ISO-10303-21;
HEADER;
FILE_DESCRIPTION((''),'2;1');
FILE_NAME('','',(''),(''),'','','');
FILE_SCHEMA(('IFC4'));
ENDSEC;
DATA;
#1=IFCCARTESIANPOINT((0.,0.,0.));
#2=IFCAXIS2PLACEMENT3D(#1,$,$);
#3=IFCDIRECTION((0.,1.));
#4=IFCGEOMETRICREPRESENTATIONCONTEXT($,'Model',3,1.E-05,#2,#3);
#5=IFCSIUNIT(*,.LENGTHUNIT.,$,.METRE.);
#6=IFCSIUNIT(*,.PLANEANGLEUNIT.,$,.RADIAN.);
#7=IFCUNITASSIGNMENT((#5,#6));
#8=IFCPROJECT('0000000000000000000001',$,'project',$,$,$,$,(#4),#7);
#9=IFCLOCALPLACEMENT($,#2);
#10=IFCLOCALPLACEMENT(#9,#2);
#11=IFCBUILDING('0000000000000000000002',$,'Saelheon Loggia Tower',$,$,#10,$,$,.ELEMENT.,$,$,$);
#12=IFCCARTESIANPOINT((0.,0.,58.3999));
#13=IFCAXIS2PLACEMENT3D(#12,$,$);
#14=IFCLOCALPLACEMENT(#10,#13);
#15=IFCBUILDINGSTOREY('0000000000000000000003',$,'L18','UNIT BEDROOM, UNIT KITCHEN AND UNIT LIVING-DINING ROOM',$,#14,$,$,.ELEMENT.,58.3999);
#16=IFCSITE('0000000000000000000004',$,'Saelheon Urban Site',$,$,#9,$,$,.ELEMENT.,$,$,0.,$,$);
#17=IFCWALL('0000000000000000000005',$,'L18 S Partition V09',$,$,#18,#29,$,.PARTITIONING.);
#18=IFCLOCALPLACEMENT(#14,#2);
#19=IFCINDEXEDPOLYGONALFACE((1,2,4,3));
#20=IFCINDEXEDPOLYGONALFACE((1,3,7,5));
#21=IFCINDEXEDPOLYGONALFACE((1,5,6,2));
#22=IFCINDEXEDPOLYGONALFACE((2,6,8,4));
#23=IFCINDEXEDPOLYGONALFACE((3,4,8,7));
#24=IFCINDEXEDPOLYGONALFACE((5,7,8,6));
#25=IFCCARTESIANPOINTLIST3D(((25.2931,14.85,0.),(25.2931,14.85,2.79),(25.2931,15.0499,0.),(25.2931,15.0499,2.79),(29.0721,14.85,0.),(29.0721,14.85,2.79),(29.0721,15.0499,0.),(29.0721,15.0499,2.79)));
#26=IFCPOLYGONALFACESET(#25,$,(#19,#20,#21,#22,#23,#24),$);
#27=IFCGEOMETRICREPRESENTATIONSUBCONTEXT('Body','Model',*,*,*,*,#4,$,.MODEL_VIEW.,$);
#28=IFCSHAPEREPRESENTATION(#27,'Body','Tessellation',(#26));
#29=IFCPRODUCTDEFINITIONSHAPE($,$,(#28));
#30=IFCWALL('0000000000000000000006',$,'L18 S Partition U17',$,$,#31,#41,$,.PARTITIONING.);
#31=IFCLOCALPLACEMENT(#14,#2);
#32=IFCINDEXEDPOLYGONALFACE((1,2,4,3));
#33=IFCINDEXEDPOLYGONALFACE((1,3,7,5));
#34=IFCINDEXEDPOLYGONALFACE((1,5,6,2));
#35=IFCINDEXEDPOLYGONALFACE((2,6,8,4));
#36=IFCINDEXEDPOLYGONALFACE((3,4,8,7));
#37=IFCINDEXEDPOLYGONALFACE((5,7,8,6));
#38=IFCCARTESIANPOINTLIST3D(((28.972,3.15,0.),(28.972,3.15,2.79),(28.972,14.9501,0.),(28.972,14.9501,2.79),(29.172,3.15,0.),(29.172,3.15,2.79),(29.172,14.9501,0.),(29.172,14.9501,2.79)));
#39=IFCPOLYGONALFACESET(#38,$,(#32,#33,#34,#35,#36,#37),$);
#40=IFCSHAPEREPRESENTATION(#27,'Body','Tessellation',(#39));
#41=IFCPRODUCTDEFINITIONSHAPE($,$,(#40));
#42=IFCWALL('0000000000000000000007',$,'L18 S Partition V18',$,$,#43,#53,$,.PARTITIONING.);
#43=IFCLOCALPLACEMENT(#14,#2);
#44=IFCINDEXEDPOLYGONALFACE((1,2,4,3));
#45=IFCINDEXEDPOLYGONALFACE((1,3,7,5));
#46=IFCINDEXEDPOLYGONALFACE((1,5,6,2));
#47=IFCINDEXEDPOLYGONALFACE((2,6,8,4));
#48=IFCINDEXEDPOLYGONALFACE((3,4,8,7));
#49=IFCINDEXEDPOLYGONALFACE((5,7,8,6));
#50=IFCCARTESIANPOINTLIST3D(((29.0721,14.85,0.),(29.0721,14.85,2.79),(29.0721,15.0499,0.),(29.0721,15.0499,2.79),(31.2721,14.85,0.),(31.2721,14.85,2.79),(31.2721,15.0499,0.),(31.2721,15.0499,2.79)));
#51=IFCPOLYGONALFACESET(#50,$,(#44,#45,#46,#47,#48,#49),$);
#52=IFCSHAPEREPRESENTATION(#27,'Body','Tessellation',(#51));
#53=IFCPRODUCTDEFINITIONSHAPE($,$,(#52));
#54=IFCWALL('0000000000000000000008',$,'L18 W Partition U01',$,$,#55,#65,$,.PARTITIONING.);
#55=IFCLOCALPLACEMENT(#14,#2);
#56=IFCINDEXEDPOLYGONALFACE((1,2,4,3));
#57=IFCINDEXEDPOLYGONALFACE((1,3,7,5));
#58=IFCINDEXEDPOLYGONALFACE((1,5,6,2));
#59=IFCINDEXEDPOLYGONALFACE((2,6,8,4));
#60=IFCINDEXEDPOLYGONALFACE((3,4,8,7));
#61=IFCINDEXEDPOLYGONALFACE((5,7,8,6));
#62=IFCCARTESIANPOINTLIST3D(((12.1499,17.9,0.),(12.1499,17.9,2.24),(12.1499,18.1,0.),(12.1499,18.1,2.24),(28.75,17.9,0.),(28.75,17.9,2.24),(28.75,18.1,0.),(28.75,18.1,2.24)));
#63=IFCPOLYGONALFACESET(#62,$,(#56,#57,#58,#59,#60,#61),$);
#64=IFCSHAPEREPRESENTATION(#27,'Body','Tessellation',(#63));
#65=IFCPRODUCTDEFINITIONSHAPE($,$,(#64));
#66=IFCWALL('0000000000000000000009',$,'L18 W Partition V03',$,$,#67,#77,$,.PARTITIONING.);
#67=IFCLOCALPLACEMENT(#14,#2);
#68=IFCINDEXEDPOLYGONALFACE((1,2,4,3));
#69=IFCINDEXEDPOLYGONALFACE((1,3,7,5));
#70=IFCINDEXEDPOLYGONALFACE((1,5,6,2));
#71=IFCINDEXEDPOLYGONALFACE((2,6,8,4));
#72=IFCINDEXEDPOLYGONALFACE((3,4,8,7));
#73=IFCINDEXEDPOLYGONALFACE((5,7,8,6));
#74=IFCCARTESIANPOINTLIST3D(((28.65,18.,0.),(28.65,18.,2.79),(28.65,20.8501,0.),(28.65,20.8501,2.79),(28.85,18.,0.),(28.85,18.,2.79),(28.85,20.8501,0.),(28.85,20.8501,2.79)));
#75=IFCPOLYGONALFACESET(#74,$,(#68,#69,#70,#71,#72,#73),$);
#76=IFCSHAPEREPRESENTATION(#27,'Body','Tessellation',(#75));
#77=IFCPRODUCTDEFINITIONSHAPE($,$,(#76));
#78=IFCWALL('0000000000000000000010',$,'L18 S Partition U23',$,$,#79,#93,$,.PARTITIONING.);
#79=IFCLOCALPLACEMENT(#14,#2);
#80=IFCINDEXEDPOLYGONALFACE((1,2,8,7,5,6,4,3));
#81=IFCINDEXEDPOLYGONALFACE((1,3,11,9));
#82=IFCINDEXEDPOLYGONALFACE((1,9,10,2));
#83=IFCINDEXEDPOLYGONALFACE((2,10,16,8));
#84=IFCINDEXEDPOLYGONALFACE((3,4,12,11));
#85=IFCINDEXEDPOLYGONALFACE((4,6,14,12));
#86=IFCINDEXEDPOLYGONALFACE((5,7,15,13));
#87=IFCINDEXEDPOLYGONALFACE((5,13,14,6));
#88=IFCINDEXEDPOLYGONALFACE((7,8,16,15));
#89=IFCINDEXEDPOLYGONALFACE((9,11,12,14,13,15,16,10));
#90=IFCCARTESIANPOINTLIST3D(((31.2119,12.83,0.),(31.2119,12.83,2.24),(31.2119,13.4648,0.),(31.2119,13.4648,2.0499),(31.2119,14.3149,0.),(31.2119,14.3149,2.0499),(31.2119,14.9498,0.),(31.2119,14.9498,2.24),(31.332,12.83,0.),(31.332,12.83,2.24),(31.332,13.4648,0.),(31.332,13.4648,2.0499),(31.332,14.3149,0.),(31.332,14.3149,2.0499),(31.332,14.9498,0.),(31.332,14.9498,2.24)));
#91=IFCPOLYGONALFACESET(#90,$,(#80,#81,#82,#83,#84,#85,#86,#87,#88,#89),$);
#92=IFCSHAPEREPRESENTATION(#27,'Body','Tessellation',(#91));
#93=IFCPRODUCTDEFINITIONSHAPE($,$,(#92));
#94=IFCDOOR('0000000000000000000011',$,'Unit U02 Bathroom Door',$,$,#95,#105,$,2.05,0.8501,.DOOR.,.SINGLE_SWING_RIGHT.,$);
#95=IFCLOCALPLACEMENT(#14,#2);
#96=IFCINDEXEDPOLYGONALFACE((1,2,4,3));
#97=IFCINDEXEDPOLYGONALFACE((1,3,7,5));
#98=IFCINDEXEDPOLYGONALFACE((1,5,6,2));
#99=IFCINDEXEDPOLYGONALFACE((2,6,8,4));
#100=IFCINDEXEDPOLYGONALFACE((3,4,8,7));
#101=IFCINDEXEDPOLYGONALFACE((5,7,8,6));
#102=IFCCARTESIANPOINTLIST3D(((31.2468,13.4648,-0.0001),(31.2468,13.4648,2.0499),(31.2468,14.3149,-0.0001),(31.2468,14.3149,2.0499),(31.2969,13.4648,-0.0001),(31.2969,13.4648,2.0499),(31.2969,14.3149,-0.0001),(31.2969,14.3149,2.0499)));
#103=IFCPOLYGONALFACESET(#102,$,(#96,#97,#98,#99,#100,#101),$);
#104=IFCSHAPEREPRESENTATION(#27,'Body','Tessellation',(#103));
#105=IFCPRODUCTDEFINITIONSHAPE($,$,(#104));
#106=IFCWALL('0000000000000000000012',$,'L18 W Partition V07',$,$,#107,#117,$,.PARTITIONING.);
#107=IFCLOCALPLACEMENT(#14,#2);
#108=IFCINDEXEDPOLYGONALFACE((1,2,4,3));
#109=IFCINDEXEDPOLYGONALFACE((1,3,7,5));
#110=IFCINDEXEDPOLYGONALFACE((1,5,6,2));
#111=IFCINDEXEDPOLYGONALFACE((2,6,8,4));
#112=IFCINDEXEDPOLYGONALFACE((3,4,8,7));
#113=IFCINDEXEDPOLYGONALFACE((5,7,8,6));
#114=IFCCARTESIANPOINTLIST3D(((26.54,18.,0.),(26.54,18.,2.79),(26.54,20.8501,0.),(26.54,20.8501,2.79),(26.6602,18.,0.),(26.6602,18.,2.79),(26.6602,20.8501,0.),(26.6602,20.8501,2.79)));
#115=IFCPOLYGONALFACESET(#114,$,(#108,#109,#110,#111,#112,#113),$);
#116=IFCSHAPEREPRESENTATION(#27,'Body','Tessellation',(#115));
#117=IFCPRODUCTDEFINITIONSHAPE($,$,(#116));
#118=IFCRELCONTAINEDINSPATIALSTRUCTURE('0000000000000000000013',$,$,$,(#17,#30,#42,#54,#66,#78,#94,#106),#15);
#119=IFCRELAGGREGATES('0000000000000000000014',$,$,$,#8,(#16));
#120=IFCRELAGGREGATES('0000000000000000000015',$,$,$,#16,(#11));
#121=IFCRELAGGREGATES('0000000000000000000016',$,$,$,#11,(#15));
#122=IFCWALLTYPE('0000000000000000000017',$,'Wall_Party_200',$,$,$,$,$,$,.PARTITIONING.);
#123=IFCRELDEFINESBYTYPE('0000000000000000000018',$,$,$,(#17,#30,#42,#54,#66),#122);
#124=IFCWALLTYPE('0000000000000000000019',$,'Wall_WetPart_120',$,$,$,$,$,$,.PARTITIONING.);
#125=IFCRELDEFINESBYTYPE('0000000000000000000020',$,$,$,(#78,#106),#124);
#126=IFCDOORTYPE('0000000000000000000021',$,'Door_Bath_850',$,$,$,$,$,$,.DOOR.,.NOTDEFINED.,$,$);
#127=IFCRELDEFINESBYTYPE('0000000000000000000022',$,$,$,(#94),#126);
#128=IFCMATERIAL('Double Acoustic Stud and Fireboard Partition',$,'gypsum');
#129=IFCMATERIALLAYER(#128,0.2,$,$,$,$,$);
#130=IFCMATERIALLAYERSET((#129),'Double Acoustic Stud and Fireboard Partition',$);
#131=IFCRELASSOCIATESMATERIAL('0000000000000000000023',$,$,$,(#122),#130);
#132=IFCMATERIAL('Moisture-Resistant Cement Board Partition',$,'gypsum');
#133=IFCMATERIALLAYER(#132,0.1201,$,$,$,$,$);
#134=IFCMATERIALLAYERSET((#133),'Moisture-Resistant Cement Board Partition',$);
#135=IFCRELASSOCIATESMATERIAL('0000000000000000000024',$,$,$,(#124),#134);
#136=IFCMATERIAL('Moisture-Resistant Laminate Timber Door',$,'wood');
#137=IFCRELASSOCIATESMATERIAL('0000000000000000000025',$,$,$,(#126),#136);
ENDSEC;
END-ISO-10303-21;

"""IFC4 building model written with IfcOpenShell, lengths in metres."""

from ifc_helpers import new_model, si_unit, direction, frame, frame_2d, origin, place, context, subcontext, project, spatial, rectangle, extrude, source, transform, mapped, material, layer, layer_set, type_object, element, fill, save


model = new_model("IFC4")

# Units and contexts
model_context = context("Model", 3, precision=1e-05, world=origin(), true_north=direction((0.0, 1.0)))
body_context = subcontext(model_context, "Body", "Model", "MODEL_VIEW")
ifc_project = project(units=[si_unit("LENGTHUNIT", "METRE"), si_unit("PLANEANGLEUNIT", "RADIAN")], contexts=[model_context])

# Site, building, storey
site_placement = place(None, origin())
site = spatial("IfcSite", under=ifc_project, at=site_placement, Name="Saelheon Urban Site", CompositionType="ELEMENT", RefElevation=0.0)
building_placement = place(site_placement, origin())
building = spatial("IfcBuilding", under=site, at=building_placement, Name="Saelheon Loggia Tower", CompositionType="ELEMENT")
storey_placement = place(building_placement, frame((0.0, 0.0, 58.3999)))
storey = spatial("IfcBuildingStorey", under=building, at=storey_placement, Name="L18", Description="UNIT BEDROOM, UNIT KITCHEN AND UNIT LIVING-DINING ROOM", CompositionType="ELEMENT", Elevation=58.3999)

# Walls
ifc_material_1 = material(Name="Double Acoustic Stud and Fireboard Partition", Category="gypsum")
ifc_layer_1 = layer(ifc_material_1, 0.2)
ifc_layer_set_1 = layer_set([ifc_layer_1], Name="Double Acoustic Stud and Fireboard Partition")
wall_type_1 = type_object("IfcWallType", Name="Wall_Party_200", PredefinedType="PARTITIONING", material=ifc_layer_set_1)
wall_1_placement = place(storey_placement, frame((25.293, 14.95, 0.0), z_axis=(0.0, 0.0, 1.0), x_axis=(1.0, 0.0, 0.0)))
element("IfcWall", 1, at=wall_1_placement, inside=storey, type_object=wall_type_1, Name="L18 S Partition V09", PredefinedType="PARTITIONING", context=body_context, shape_type="SweptSolid", body=[
    extrude(rectangle(XDim=3.7791, YDim=0.2, at=frame_2d((1.8896, 0.0))), origin(), (0.0, 0.0, 1.0), 2.79),
])
wall_2_placement = place(storey_placement, frame((29.072, 14.95, 0.0), z_axis=(0.0, 0.0, 1.0), x_axis=(0.0, -1.0, 0.0)))
element("IfcWall", 2, at=wall_2_placement, inside=storey, type_object=wall_type_1, Name="L18 S Partition U17", PredefinedType="PARTITIONING", context=body_context, shape_type="SweptSolid", body=[
    extrude(rectangle(XDim=11.8, YDim=0.2, at=frame_2d((5.8999, 0.0))), origin(), (0.0, 0.0, 1.0), 2.79),
])
wall_3_placement = place(storey_placement, frame((29.072, 14.95, 0.0), z_axis=(0.0, 0.0, 1.0), x_axis=(1.0, 0.0, 0.0)))
element("IfcWall", 3, at=wall_3_placement, inside=storey, type_object=wall_type_1, Name="L18 S Partition V18", PredefinedType="PARTITIONING", context=body_context, shape_type="SweptSolid", body=[
    extrude(rectangle(XDim=2.2, YDim=0.2, at=frame_2d((1.1001, 0.0))), origin(), (0.0, 0.0, 1.0), 2.79),
])

# Walls
wall_4_placement = place(storey_placement, frame((28.75, 18.0, 0.0), z_axis=(0.0, 0.0, 1.0), x_axis=(-1.0, 0.0, 0.0)))
element("IfcWall", 4, at=wall_4_placement, inside=storey, type_object=wall_type_1, Name="L18 W Partition U01", PredefinedType="PARTITIONING", context=body_context, shape_type="SweptSolid", body=[
    extrude(rectangle(XDim=16.6001, YDim=0.2, at=frame_2d((8.3, 0.0))), origin(), (0.0, 0.0, 1.0), 2.24),
])
wall_5_placement = place(storey_placement, frame((28.75, 18.0, 0.0), z_axis=(0.0, 0.0, 1.0), x_axis=(0.0, 1.0, 0.0)))
element("IfcWall", 5, at=wall_5_placement, inside=storey, type_object=wall_type_1, Name="L18 W Partition V03", PredefinedType="PARTITIONING", context=body_context, shape_type="SweptSolid", body=[
    extrude(rectangle(XDim=2.8501, YDim=0.2, at=frame_2d((1.425, 0.0))), origin(), (0.0, 0.0, 1.0), 2.79),
])

# Wall, opening, door
ifc_material_2 = material(Name="Moisture-Resistant Cement Board Partition", Category="gypsum")
ifc_layer_2 = layer(ifc_material_2, 0.1201)
ifc_layer_set_2 = layer_set([ifc_layer_2], Name="Moisture-Resistant Cement Board Partition")
wall_type_2 = type_object("IfcWallType", Name="Wall_WetPart_120", PredefinedType="PARTITIONING", material=ifc_layer_set_2)
wall_6_placement = place(storey_placement, frame((31.272, 14.95, 0.0), z_axis=(0.0, 0.0, 1.0), x_axis=(0.0, -1.0, 0.0)))
wall_6 = element("IfcWall", 6, at=wall_6_placement, inside=storey, type_object=wall_type_2, Name="L18 S Partition U23", PredefinedType="PARTITIONING", context=body_context, shape_type="SweptSolid", body=[
    extrude(rectangle(XDim=2.1199, YDim=0.1201, at=frame_2d((1.0601, 0.0))), origin(), (0.0, 0.0, 1.0), 2.24),
])
opening_1_placement = place(wall_6_placement, frame((0.635, 0.0, 0.0)))
opening_1 = element("IfcOpeningElement", 7, at=opening_1_placement, cuts=wall_6, PredefinedType="OPENING", context=body_context, shape_type="SweptSolid", body=[
    extrude(rectangle(XDim=0.8501, YDim=2.05, at=frame_2d((0.425, 1.0249))), frame((0.0, 0.072, 0.0), z_axis=(0.0, -1.0, 0.0), x_axis=(1.0, 0.0, 0.0)), (0.0, 0.0, 1.0), 0.144),
])
ifc_material_3 = material(Name="Moisture-Resistant Laminate Timber Door", Category="wood")
door_type_1 = type_object("IfcDoorType", Name="Door_Bath_850", OperationType="NOTDEFINED", PredefinedType="DOOR", material=ifc_material_3)
shared_shape_1 = source(origin(), body_context, "Body", "SweptSolid", [
    extrude(rectangle(XDim=0.8501, YDim=2.05, at=frame_2d((0.425, 1.0249))), frame((0.0, 0.0249, 0.0), z_axis=(0.0, -1.0, 0.0), x_axis=(1.0, 0.0, 0.0)), (0.0, 0.0, 1.0), 0.05),
])
door_1_placement = place(opening_1_placement, origin())
door_1 = element("IfcDoor", 8, at=door_1_placement, inside=storey, type_object=door_type_1, Name="Unit U02 Bathroom Door", OperationType="SINGLE_SWING_RIGHT", OverallHeight=2.05, OverallWidth=0.8501, PredefinedType="DOOR", context=body_context, shape_type="MappedRepresentation", body=[
    mapped(shared_shape_1, transform((0.0, 0.0, 0.0), scale=1.0)),
])
fill(opening_1, door_1)

# Wall
wall_7_placement = place(storey_placement, frame((26.6001, 18.0, 0.0), z_axis=(0.0, 0.0, 1.0), x_axis=(0.0, 1.0, 0.0)))
element("IfcWall", 9, at=wall_7_placement, inside=storey, type_object=wall_type_2, Name="L18 W Partition V07", PredefinedType="PARTITIONING", context=body_context, shape_type="SweptSolid", body=[
    extrude(rectangle(XDim=2.8501, YDim=0.1201, at=frame_2d((1.425, 0.0))), origin(), (0.0, 0.0, 1.0), 2.79),
])

save(model, "model.ifc")
